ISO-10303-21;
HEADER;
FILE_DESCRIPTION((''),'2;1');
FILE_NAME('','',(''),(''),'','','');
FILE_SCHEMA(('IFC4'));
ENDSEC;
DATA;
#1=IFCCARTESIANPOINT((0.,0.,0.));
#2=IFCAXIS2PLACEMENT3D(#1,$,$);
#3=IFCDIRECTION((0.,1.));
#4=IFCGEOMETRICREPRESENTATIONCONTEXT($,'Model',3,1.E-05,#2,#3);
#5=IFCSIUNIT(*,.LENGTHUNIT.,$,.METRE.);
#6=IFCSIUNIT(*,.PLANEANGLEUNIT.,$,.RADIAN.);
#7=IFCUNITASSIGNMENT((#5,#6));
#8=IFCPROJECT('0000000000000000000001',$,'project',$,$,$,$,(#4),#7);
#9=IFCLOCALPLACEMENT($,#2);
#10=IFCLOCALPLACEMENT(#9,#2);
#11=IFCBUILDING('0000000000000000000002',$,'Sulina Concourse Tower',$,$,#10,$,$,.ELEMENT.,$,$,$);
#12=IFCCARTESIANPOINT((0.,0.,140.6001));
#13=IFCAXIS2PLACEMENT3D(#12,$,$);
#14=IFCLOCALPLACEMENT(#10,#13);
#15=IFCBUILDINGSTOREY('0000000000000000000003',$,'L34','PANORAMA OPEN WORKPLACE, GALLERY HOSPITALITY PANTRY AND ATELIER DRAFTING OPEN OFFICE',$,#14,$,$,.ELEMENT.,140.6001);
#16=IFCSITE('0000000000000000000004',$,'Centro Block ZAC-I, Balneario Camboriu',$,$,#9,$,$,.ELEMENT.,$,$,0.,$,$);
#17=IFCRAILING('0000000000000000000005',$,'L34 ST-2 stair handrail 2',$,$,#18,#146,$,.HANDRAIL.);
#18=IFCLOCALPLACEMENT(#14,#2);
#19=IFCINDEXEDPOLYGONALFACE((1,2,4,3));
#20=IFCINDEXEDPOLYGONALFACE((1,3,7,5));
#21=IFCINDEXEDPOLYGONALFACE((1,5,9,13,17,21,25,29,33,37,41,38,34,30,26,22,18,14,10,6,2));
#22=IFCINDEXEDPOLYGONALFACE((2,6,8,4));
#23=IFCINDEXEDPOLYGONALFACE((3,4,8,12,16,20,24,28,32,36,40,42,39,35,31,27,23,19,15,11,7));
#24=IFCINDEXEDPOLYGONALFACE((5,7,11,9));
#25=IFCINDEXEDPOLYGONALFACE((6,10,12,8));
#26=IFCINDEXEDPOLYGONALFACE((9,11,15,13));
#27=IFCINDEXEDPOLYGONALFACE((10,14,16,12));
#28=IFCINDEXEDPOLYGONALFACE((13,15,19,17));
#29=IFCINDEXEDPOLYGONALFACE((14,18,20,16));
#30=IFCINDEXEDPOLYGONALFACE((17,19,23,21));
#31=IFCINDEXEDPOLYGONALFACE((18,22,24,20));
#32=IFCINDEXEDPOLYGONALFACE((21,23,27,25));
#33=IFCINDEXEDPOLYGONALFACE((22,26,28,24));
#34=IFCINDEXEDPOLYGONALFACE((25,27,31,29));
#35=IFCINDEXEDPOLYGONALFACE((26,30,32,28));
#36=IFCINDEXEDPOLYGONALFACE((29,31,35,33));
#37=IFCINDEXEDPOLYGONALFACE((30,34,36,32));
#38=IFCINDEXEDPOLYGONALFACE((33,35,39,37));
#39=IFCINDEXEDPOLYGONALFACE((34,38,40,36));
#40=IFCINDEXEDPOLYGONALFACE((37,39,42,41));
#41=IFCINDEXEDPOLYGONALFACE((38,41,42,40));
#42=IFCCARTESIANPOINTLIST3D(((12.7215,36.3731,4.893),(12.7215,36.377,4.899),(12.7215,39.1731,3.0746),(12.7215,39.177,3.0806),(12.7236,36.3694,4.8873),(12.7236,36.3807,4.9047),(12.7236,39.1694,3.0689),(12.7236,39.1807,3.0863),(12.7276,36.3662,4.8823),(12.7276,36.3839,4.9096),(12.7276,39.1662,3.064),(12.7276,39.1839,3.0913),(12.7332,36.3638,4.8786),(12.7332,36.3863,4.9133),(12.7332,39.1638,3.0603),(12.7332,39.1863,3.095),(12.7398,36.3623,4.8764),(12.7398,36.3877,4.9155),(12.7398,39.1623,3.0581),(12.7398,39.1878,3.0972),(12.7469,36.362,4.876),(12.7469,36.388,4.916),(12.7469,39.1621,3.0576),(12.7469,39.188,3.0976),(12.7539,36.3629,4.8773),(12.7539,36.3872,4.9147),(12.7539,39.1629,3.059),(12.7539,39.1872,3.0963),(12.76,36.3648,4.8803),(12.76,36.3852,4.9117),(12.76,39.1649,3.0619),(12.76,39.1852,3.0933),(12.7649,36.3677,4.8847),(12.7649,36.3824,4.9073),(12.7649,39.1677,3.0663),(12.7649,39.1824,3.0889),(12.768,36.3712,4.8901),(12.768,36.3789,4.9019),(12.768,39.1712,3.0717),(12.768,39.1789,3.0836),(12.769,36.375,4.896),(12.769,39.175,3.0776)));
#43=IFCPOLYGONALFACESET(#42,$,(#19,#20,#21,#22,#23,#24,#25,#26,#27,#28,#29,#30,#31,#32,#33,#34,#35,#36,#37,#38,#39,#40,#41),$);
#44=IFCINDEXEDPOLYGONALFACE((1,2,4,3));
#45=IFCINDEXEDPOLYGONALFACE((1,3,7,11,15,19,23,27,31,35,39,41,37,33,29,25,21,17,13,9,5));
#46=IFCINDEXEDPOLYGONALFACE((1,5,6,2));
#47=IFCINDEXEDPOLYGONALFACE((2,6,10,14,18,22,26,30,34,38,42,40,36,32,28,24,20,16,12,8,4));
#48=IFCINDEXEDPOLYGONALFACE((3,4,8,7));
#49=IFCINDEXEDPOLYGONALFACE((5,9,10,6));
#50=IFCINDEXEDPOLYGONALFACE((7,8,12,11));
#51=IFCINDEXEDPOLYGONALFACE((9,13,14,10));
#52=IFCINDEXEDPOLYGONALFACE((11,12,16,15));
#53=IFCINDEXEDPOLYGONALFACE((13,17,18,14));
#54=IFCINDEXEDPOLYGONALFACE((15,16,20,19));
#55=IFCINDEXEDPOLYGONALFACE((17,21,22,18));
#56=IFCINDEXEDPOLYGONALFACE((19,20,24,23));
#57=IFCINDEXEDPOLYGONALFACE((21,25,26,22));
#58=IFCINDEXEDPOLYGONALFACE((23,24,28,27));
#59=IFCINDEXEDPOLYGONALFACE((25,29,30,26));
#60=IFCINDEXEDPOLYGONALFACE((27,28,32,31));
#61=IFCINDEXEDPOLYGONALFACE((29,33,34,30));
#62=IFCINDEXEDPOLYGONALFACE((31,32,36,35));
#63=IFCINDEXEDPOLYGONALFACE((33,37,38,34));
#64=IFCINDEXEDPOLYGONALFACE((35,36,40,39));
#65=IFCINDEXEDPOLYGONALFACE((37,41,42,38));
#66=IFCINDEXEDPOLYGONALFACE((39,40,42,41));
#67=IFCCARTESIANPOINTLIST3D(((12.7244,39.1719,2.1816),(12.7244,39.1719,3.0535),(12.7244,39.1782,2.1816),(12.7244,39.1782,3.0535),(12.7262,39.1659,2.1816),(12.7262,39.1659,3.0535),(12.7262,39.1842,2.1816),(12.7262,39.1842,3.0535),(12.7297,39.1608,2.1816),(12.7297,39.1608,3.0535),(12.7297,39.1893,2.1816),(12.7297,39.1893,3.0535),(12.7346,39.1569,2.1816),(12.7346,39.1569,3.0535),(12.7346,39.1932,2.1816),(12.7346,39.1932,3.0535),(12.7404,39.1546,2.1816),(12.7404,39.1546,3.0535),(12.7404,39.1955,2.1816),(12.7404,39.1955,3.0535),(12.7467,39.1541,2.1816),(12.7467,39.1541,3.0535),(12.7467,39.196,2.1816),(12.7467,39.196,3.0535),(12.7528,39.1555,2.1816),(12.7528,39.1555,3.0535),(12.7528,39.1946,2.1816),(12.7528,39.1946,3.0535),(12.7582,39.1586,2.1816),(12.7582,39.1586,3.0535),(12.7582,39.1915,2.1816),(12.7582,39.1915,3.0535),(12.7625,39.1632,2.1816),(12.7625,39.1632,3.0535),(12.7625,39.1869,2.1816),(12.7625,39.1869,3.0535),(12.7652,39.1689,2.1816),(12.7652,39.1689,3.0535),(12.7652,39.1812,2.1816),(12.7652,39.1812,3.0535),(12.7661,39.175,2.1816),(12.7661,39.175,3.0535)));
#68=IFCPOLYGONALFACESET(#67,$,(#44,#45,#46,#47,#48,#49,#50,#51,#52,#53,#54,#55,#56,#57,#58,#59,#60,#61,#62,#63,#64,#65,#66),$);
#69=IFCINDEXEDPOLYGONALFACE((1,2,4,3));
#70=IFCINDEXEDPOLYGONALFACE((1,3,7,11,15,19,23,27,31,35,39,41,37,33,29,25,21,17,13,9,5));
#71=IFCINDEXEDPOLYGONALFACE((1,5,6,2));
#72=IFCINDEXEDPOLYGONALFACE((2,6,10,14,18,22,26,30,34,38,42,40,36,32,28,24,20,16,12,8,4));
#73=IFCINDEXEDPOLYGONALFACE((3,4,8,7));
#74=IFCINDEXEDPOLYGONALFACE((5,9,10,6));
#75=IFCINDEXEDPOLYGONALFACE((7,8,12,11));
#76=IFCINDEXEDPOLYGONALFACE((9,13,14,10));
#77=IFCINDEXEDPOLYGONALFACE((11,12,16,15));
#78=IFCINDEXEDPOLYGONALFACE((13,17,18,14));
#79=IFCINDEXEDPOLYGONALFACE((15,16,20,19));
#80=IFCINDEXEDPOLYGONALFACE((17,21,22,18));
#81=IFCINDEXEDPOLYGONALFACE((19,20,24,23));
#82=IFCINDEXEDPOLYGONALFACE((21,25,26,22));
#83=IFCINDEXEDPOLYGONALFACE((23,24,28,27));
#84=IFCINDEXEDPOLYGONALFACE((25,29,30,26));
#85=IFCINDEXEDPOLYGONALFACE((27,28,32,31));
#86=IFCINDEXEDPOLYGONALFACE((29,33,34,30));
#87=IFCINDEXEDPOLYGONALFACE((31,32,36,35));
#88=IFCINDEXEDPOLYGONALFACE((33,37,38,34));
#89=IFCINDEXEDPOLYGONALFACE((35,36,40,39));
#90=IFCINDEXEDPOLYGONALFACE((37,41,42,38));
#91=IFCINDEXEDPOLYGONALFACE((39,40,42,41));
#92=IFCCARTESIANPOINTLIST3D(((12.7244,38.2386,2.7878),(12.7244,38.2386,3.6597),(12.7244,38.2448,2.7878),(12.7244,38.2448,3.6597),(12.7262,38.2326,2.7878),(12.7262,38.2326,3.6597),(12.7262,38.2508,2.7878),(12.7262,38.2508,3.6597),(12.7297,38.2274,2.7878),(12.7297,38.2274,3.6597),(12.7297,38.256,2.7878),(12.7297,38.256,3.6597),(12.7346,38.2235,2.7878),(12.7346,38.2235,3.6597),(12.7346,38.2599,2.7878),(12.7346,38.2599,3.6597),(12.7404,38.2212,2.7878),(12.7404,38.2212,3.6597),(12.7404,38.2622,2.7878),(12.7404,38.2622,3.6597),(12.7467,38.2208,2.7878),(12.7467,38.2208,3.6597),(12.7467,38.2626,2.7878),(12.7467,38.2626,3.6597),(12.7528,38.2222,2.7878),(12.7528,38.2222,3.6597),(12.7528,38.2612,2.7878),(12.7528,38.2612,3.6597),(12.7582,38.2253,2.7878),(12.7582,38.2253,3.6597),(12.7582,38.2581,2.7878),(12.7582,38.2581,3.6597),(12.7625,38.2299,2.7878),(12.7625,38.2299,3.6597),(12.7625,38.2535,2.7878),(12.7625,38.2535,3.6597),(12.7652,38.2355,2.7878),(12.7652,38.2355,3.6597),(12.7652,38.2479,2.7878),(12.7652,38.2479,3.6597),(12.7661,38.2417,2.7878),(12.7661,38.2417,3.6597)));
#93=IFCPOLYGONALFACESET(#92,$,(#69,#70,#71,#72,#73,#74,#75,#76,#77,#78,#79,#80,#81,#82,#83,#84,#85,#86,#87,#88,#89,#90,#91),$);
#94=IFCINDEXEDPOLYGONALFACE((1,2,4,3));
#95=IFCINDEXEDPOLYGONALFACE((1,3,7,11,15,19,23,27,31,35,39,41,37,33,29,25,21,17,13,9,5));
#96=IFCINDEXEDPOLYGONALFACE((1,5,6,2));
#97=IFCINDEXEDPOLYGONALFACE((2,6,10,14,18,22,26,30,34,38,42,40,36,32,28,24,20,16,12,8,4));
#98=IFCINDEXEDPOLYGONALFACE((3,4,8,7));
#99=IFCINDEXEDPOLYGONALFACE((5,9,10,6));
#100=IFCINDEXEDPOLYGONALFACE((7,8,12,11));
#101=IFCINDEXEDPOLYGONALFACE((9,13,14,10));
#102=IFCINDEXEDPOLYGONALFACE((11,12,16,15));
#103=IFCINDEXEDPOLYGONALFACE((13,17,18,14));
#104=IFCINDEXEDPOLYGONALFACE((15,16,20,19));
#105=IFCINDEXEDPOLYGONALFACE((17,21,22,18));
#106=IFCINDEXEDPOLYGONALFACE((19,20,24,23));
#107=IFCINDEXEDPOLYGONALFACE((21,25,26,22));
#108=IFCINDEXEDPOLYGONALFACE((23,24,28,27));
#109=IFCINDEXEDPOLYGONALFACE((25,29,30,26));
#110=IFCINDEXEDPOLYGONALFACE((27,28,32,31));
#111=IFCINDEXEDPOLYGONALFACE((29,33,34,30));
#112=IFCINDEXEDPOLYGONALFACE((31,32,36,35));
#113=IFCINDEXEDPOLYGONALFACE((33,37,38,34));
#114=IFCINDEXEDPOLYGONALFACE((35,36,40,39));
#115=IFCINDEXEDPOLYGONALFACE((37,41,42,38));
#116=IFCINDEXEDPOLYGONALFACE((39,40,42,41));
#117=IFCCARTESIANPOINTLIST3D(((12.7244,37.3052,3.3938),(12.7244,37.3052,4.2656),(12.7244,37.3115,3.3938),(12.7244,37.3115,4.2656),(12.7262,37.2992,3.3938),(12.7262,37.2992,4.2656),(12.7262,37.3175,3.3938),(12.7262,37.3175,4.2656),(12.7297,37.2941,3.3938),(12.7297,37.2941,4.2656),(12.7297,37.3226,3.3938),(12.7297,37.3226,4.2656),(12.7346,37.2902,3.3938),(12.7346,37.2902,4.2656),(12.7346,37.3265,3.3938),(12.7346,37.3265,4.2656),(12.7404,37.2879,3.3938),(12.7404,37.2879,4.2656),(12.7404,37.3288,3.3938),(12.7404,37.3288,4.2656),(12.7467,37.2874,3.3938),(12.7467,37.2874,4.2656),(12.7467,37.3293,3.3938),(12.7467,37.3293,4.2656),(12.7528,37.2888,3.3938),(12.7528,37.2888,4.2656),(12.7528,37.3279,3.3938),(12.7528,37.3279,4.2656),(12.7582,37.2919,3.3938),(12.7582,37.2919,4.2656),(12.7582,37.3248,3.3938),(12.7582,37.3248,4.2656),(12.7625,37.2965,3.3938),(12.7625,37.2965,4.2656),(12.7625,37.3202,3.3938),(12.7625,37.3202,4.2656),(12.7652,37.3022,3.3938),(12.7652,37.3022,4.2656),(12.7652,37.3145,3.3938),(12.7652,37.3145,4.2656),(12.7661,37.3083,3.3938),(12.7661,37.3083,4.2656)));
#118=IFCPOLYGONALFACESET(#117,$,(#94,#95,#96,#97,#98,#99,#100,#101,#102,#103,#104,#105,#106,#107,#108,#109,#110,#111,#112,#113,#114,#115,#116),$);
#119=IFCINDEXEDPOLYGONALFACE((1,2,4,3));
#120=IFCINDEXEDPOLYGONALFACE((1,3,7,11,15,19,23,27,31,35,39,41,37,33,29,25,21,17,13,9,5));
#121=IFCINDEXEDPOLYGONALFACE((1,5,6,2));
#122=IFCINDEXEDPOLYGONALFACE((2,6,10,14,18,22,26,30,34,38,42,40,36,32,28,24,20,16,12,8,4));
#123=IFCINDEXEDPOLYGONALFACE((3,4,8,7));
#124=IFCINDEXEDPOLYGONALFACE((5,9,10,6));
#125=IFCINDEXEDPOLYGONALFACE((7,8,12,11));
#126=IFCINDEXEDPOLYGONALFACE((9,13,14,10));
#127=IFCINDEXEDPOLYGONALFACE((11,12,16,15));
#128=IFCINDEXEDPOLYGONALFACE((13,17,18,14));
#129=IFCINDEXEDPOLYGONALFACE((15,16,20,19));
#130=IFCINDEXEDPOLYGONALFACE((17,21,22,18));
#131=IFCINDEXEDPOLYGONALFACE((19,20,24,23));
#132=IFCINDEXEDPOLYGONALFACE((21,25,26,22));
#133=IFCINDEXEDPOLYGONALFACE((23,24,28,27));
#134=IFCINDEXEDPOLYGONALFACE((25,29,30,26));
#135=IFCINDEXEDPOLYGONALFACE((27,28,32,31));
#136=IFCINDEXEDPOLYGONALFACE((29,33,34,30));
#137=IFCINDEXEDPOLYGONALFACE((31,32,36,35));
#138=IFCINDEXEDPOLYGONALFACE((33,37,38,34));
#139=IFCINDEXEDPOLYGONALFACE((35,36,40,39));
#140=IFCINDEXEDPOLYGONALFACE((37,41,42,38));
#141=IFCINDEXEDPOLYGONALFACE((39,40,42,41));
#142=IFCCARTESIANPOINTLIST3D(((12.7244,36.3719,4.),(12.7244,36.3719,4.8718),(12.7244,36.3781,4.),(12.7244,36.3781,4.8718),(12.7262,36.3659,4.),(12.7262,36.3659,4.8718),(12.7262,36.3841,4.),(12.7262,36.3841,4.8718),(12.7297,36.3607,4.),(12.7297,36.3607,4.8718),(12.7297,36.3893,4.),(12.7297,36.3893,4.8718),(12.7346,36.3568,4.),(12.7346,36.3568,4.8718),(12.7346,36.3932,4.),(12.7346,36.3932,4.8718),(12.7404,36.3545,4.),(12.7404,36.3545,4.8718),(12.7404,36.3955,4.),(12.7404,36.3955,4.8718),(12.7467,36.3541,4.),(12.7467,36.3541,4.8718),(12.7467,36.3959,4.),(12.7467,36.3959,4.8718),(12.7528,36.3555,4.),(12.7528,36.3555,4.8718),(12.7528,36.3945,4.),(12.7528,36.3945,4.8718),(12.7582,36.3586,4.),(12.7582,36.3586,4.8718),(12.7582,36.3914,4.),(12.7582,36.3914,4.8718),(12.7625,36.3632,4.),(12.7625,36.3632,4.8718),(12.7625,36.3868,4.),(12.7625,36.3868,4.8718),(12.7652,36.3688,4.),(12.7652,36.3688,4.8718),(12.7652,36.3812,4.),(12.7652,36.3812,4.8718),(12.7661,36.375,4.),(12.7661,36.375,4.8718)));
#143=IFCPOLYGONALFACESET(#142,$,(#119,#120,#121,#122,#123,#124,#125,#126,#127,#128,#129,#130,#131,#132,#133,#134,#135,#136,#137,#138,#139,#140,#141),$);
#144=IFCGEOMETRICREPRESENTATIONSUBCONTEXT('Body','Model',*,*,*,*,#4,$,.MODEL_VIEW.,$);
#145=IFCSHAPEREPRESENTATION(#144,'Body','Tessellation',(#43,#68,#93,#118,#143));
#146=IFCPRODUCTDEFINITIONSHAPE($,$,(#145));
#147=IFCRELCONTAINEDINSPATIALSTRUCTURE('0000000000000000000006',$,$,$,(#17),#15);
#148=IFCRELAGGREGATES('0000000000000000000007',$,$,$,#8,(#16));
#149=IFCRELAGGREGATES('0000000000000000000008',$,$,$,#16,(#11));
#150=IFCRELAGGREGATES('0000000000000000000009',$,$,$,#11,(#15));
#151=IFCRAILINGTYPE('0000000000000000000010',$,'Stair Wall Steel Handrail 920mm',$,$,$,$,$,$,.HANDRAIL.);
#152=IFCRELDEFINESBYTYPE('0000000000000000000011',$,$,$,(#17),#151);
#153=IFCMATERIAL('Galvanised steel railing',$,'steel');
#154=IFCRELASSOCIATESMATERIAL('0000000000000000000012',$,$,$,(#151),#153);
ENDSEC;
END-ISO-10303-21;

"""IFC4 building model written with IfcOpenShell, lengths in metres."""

from ifc_helpers import new_model, si_unit, direction, frame, origin, origin_2d, place, context, subcontext, project, spatial, circle, extrude, material, type_object, element, save


model = new_model("IFC4")

# Units and contexts
model_context = context("Model", 3, precision=1e-05, world=origin(), true_north=direction((0.0, 1.0)))
body_context = subcontext(model_context, "Body", "Model", "MODEL_VIEW")
ifc_project = project(units=[si_unit("LENGTHUNIT", "METRE"), si_unit("PLANEANGLEUNIT", "RADIAN")], contexts=[model_context])

# Site, building, storey
site_placement = place(None, origin())
site = spatial("IfcSite", under=ifc_project, at=site_placement, Name="Centro Block ZAC-I, Balneario Camboriu", CompositionType="ELEMENT", RefElevation=0.0)
building_placement = place(site_placement, origin())
building = spatial("IfcBuilding", under=site, at=building_placement, Name="Sulina Concourse Tower", CompositionType="ELEMENT")
storey_placement = place(building_placement, frame((0.0, 0.0, 140.6001)))
storey = spatial("IfcBuildingStorey", under=building, at=storey_placement, Name="L34", Description="PANORAMA OPEN WORKPLACE, GALLERY HOSPITALITY PANTRY AND ATELIER DRAFTING OPEN OFFICE", CompositionType="ELEMENT", Elevation=140.6001)

# Railing
ifc_material_1 = material(Name="Galvanised steel railing", Category="steel")
railing_type_1 = type_object("IfcRailingType", Name="Stair Wall Steel Handrail 920mm", PredefinedType="HANDRAIL", material=ifc_material_1)
railing_1_placement = place(storey_placement, frame((12.7451, 39.175, 2.1816)))
element("IfcRailing", 1, at=railing_1_placement, inside=storey, type_object=railing_type_1, Name="L34 ST-2 stair handrail 2", PredefinedType="HANDRAIL", context=body_context, shape_type="SweptSolid", body=[
    extrude(circle(Radius=0.0239, at=origin_2d()), frame((0.0, 0.0, 0.896), z_axis=(0.0, -0.838672, 0.544636), x_axis=(1.0, 0.0, 0.0)), (0.0, 0.0, 1.0), 3.3386),
    extrude(circle(Radius=0.021, at=origin_2d()), origin(), (0.0, 0.0, 1.0), 0.8718),
    extrude(circle(Radius=0.021, at=origin_2d()), frame((0.0, -0.9333, 0.6062)), (0.0, 0.0, 1.0), 0.8718),
    extrude(circle(Radius=0.021, at=origin_2d()), frame((0.0, -1.8667, 1.2122)), (0.0, 0.0, 1.0), 0.8718),
    extrude(circle(Radius=0.021, at=origin_2d()), frame((0.0, -2.8, 1.8184)), (0.0, 0.0, 1.0), 0.8718),
])

save(model, "model.ifc")
